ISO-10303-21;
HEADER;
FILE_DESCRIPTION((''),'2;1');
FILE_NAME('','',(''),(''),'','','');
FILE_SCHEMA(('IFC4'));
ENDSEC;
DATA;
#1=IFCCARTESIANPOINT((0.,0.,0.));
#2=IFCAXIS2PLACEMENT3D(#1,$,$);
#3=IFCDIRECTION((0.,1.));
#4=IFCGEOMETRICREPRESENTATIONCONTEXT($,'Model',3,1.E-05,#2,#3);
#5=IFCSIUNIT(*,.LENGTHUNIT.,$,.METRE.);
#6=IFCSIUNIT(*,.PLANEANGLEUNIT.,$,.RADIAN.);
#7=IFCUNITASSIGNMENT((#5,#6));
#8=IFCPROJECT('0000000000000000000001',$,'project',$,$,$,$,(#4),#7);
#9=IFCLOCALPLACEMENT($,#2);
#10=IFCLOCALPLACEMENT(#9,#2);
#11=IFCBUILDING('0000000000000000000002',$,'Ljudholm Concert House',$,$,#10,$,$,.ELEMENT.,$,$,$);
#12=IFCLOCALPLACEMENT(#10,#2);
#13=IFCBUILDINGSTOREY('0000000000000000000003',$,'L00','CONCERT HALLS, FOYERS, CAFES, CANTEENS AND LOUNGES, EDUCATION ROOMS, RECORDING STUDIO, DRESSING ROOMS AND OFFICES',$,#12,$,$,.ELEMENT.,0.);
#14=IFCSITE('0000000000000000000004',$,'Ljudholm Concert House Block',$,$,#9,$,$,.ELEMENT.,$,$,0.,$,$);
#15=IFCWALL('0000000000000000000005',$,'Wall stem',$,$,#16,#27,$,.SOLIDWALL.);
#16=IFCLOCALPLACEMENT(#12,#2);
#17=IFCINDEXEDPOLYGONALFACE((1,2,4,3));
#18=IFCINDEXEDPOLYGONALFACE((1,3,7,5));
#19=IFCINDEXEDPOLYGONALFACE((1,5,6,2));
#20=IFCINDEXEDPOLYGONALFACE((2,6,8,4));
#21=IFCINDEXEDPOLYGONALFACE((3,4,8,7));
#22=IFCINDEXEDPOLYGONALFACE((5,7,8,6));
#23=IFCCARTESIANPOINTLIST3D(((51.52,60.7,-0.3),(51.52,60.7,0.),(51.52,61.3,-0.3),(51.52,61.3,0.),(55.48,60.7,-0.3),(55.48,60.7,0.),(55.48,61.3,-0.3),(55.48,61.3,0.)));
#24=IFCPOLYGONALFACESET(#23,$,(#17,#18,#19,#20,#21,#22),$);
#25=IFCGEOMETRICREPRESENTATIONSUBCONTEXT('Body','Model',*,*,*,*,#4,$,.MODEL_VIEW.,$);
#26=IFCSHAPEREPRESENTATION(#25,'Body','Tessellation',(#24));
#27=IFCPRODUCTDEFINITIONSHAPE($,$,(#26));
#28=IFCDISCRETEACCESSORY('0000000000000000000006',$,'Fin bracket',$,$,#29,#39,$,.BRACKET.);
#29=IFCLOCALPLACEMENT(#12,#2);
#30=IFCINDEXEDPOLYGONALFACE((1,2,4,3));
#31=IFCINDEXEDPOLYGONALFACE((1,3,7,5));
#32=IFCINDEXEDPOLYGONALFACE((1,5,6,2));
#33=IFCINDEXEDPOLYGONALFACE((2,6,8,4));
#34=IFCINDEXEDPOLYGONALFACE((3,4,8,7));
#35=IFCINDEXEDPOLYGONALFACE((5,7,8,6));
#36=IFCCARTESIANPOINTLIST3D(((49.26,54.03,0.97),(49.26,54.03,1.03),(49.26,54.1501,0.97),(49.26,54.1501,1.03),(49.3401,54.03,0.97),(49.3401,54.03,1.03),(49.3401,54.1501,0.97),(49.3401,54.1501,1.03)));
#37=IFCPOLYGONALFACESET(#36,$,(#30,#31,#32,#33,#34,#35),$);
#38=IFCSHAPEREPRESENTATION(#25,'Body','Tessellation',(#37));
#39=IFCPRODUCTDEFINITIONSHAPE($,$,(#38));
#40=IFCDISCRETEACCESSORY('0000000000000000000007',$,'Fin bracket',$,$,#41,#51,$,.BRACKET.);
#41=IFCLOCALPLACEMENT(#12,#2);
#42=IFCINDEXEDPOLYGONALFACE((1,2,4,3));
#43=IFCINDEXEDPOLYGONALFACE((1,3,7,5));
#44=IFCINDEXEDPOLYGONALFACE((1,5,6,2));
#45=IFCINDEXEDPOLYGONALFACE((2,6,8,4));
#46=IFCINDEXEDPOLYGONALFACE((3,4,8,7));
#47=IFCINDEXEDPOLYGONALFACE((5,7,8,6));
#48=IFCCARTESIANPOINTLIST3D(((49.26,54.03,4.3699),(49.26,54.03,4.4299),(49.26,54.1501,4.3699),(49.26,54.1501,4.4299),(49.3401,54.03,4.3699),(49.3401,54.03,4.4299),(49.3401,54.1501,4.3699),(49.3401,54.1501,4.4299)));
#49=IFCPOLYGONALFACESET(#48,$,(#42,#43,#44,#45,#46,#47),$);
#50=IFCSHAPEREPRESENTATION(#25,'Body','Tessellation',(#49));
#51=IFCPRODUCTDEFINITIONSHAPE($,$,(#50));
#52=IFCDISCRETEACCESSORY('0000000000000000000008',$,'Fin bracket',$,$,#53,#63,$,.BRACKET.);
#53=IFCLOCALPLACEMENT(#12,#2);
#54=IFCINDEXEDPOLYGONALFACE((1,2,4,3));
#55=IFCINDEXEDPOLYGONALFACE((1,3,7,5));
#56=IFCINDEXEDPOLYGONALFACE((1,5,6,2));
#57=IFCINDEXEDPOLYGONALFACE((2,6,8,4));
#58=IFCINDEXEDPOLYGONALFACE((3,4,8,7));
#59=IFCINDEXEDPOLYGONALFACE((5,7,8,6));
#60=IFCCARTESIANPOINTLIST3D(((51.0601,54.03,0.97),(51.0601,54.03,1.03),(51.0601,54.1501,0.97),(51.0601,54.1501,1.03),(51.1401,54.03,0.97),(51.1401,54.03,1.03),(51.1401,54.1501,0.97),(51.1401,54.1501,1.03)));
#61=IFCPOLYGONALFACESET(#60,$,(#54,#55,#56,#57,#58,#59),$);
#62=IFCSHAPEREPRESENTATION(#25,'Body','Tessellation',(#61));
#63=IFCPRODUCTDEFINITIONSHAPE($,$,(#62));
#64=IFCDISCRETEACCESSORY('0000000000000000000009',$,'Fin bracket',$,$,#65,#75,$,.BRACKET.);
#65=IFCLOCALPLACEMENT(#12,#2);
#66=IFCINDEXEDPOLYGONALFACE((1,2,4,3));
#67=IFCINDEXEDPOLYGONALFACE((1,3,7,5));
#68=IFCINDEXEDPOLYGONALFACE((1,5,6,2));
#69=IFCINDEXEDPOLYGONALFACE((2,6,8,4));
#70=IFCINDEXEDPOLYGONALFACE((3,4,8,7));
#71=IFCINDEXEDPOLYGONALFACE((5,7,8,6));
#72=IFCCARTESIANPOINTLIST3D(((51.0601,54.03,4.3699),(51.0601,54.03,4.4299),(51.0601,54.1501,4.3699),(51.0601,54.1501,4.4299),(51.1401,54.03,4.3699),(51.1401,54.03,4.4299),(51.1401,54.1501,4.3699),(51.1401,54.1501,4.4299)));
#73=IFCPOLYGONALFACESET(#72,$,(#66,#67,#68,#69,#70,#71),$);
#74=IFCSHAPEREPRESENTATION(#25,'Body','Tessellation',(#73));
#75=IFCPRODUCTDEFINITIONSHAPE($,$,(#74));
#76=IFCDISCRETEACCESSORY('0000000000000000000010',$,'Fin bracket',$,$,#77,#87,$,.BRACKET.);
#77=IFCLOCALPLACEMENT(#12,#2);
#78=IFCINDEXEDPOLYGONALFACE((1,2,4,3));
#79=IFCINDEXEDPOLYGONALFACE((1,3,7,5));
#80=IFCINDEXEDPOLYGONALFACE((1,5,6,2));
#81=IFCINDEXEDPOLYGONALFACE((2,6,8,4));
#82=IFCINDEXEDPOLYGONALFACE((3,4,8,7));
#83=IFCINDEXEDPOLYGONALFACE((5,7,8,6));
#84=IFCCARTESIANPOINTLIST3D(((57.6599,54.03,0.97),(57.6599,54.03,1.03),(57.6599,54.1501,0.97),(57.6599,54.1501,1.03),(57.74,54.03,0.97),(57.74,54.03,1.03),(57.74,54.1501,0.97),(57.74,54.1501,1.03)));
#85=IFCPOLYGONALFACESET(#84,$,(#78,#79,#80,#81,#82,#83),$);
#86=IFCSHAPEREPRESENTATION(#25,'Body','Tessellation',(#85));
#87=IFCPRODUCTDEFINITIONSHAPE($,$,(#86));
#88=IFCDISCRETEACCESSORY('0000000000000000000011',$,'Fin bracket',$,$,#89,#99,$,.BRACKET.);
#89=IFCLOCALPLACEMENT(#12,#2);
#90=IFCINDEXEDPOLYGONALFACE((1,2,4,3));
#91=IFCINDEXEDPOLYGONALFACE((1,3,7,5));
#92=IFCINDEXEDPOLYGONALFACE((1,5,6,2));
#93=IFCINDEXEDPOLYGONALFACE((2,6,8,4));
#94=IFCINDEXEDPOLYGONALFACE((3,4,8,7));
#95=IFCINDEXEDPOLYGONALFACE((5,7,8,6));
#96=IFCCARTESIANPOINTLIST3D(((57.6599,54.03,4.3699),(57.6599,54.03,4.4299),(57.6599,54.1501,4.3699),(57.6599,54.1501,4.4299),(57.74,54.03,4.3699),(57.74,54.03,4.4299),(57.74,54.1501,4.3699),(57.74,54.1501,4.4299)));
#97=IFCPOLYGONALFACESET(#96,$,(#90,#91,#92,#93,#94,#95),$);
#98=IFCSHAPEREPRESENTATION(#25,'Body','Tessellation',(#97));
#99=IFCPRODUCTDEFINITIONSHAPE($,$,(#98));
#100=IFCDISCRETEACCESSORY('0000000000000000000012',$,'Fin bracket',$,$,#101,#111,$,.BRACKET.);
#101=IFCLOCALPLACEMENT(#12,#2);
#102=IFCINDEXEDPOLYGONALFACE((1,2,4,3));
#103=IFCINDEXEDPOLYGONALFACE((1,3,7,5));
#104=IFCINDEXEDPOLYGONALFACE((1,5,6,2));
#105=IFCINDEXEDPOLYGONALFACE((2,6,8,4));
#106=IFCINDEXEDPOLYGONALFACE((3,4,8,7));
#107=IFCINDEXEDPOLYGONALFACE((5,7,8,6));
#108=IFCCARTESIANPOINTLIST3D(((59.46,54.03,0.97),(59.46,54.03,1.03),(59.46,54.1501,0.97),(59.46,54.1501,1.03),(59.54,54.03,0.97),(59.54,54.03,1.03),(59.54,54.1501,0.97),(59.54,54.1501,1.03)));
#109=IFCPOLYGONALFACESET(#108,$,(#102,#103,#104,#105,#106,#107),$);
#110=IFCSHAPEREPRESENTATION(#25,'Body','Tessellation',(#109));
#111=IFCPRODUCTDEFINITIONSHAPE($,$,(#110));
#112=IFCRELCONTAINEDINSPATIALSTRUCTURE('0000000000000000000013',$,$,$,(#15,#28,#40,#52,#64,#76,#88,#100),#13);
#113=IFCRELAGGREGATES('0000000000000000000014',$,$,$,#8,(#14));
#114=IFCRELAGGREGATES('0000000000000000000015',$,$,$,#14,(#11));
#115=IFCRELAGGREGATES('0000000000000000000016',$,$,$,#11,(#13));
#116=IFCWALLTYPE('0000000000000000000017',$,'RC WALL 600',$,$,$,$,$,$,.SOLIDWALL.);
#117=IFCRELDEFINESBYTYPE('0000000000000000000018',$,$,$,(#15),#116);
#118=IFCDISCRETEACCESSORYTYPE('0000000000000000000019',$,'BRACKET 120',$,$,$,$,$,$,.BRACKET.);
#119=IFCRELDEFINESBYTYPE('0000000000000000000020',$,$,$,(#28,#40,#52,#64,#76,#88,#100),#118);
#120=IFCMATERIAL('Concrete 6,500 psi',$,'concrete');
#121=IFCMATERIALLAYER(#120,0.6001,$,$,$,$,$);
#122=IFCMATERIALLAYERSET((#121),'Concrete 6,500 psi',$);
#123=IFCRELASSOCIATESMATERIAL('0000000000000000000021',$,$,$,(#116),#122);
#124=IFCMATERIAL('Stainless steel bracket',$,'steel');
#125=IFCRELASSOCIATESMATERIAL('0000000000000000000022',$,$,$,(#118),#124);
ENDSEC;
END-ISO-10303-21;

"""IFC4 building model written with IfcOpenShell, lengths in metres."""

from ifc_helpers import new_model, si_unit, direction, frame, frame_2d, origin, origin_2d, place, context, subcontext, project, spatial, rectangle, extrude, material, layer, layer_set, type_object, element, save


model = new_model("IFC4")

# Units and contexts
model_context = context("Model", 3, precision=1e-05, world=origin(), true_north=direction((0.0, 1.0)))
body_context = subcontext(model_context, "Body", "Model", "MODEL_VIEW")
ifc_project = project(units=[si_unit("LENGTHUNIT", "METRE"), si_unit("PLANEANGLEUNIT", "RADIAN")], contexts=[model_context])

# Site, building, storey
site_placement = place(None, origin())
site = spatial("IfcSite", under=ifc_project, at=site_placement, Name="Ljudholm Concert House Block", CompositionType="ELEMENT", RefElevation=0.0)
building_placement = place(site_placement, origin())
building = spatial("IfcBuilding", under=site, at=building_placement, Name="Ljudholm Concert House", CompositionType="ELEMENT")
storey_placement = place(building_placement, origin())
storey = spatial("IfcBuildingStorey", under=building, at=storey_placement, Name="L00", Description="CONCERT HALLS, FOYERS, CAFES, CANTEENS AND LOUNGES, EDUCATION ROOMS, RECORDING STUDIO, DRESSING ROOMS AND OFFICES", CompositionType="ELEMENT", Elevation=0.0)

# Wall
ifc_material_1 = material(Name="Concrete 6,500 psi", Category="concrete")
ifc_layer_1 = layer(ifc_material_1, 0.6001)
ifc_layer_set_1 = layer_set([ifc_layer_1], Name="Concrete 6,500 psi")
wall_type_1 = type_object("IfcWallType", Name="RC WALL 600", PredefinedType="SOLIDWALL", material=ifc_layer_set_1)
wall_1_placement = place(storey_placement, frame((51.52, 61.0, -0.3), z_axis=(0.0, 0.0, 1.0), x_axis=(1.0, 0.0, 0.0)))
element("IfcWall", 1, at=wall_1_placement, inside=storey, type_object=wall_type_1, Name="Wall stem", PredefinedType="SOLIDWALL", context=body_context, shape_type="SweptSolid", body=[
    extrude(rectangle(XDim=3.96, YDim=0.6001, at=frame_2d((1.98, 0.0))), origin(), (0.0, 0.0, 1.0), 0.3),
])

# Discrete accessories
ifc_material_2 = material(Name="Stainless steel bracket", Category="steel")
discrete_accessory_type = type_object("IfcDiscreteAccessoryType", Name="BRACKET 120", PredefinedType="BRACKET", material=ifc_material_2)
for number, where, z_axis, x_axis, name in (
    (2, (49.3, 54.0901, 0.97), (0.0, 0.0, 1.0), (0.0, -1.0, 0.0), "Fin bracket"),
    (3, (49.3, 54.0901, 4.3699), (0.0, 0.0, 1.0), (0.0, -1.0, 0.0), "Fin bracket"),
    (4, (51.1001, 54.0901, 0.97), (0.0, 0.0, 1.0), (0.0, -1.0, 0.0), "Fin bracket"),
    (5, (51.1001, 54.0901, 4.3699), (0.0, 0.0, 1.0), (0.0, -1.0, 0.0), "Fin bracket"),
    (6, (57.7, 54.0901, 0.97), (0.0, 0.0, 1.0), (0.0, -1.0, 0.0), "Fin bracket"),
    (7, (57.7, 54.0901, 4.3699), (0.0, 0.0, 1.0), (0.0, -1.0, 0.0), "Fin bracket"),
    (8, (59.5, 54.0901, 0.97), (0.0, 0.0, 1.0), (0.0, -1.0, 0.0), "Fin bracket"),
):
    element("IfcDiscreteAccessory", number, at=place(storey_placement, frame(where, z_axis=z_axis, x_axis=x_axis)), inside=storey, type_object=discrete_accessory_type, Name=name, PredefinedType="BRACKET", context=body_context, shape_type="SweptSolid", body=[
        extrude(rectangle(XDim=0.1201, YDim=0.0801, at=origin_2d()), origin(), (0.0, 0.0, 1.0), 0.0601),
    ])

save(model, "model.ifc")
